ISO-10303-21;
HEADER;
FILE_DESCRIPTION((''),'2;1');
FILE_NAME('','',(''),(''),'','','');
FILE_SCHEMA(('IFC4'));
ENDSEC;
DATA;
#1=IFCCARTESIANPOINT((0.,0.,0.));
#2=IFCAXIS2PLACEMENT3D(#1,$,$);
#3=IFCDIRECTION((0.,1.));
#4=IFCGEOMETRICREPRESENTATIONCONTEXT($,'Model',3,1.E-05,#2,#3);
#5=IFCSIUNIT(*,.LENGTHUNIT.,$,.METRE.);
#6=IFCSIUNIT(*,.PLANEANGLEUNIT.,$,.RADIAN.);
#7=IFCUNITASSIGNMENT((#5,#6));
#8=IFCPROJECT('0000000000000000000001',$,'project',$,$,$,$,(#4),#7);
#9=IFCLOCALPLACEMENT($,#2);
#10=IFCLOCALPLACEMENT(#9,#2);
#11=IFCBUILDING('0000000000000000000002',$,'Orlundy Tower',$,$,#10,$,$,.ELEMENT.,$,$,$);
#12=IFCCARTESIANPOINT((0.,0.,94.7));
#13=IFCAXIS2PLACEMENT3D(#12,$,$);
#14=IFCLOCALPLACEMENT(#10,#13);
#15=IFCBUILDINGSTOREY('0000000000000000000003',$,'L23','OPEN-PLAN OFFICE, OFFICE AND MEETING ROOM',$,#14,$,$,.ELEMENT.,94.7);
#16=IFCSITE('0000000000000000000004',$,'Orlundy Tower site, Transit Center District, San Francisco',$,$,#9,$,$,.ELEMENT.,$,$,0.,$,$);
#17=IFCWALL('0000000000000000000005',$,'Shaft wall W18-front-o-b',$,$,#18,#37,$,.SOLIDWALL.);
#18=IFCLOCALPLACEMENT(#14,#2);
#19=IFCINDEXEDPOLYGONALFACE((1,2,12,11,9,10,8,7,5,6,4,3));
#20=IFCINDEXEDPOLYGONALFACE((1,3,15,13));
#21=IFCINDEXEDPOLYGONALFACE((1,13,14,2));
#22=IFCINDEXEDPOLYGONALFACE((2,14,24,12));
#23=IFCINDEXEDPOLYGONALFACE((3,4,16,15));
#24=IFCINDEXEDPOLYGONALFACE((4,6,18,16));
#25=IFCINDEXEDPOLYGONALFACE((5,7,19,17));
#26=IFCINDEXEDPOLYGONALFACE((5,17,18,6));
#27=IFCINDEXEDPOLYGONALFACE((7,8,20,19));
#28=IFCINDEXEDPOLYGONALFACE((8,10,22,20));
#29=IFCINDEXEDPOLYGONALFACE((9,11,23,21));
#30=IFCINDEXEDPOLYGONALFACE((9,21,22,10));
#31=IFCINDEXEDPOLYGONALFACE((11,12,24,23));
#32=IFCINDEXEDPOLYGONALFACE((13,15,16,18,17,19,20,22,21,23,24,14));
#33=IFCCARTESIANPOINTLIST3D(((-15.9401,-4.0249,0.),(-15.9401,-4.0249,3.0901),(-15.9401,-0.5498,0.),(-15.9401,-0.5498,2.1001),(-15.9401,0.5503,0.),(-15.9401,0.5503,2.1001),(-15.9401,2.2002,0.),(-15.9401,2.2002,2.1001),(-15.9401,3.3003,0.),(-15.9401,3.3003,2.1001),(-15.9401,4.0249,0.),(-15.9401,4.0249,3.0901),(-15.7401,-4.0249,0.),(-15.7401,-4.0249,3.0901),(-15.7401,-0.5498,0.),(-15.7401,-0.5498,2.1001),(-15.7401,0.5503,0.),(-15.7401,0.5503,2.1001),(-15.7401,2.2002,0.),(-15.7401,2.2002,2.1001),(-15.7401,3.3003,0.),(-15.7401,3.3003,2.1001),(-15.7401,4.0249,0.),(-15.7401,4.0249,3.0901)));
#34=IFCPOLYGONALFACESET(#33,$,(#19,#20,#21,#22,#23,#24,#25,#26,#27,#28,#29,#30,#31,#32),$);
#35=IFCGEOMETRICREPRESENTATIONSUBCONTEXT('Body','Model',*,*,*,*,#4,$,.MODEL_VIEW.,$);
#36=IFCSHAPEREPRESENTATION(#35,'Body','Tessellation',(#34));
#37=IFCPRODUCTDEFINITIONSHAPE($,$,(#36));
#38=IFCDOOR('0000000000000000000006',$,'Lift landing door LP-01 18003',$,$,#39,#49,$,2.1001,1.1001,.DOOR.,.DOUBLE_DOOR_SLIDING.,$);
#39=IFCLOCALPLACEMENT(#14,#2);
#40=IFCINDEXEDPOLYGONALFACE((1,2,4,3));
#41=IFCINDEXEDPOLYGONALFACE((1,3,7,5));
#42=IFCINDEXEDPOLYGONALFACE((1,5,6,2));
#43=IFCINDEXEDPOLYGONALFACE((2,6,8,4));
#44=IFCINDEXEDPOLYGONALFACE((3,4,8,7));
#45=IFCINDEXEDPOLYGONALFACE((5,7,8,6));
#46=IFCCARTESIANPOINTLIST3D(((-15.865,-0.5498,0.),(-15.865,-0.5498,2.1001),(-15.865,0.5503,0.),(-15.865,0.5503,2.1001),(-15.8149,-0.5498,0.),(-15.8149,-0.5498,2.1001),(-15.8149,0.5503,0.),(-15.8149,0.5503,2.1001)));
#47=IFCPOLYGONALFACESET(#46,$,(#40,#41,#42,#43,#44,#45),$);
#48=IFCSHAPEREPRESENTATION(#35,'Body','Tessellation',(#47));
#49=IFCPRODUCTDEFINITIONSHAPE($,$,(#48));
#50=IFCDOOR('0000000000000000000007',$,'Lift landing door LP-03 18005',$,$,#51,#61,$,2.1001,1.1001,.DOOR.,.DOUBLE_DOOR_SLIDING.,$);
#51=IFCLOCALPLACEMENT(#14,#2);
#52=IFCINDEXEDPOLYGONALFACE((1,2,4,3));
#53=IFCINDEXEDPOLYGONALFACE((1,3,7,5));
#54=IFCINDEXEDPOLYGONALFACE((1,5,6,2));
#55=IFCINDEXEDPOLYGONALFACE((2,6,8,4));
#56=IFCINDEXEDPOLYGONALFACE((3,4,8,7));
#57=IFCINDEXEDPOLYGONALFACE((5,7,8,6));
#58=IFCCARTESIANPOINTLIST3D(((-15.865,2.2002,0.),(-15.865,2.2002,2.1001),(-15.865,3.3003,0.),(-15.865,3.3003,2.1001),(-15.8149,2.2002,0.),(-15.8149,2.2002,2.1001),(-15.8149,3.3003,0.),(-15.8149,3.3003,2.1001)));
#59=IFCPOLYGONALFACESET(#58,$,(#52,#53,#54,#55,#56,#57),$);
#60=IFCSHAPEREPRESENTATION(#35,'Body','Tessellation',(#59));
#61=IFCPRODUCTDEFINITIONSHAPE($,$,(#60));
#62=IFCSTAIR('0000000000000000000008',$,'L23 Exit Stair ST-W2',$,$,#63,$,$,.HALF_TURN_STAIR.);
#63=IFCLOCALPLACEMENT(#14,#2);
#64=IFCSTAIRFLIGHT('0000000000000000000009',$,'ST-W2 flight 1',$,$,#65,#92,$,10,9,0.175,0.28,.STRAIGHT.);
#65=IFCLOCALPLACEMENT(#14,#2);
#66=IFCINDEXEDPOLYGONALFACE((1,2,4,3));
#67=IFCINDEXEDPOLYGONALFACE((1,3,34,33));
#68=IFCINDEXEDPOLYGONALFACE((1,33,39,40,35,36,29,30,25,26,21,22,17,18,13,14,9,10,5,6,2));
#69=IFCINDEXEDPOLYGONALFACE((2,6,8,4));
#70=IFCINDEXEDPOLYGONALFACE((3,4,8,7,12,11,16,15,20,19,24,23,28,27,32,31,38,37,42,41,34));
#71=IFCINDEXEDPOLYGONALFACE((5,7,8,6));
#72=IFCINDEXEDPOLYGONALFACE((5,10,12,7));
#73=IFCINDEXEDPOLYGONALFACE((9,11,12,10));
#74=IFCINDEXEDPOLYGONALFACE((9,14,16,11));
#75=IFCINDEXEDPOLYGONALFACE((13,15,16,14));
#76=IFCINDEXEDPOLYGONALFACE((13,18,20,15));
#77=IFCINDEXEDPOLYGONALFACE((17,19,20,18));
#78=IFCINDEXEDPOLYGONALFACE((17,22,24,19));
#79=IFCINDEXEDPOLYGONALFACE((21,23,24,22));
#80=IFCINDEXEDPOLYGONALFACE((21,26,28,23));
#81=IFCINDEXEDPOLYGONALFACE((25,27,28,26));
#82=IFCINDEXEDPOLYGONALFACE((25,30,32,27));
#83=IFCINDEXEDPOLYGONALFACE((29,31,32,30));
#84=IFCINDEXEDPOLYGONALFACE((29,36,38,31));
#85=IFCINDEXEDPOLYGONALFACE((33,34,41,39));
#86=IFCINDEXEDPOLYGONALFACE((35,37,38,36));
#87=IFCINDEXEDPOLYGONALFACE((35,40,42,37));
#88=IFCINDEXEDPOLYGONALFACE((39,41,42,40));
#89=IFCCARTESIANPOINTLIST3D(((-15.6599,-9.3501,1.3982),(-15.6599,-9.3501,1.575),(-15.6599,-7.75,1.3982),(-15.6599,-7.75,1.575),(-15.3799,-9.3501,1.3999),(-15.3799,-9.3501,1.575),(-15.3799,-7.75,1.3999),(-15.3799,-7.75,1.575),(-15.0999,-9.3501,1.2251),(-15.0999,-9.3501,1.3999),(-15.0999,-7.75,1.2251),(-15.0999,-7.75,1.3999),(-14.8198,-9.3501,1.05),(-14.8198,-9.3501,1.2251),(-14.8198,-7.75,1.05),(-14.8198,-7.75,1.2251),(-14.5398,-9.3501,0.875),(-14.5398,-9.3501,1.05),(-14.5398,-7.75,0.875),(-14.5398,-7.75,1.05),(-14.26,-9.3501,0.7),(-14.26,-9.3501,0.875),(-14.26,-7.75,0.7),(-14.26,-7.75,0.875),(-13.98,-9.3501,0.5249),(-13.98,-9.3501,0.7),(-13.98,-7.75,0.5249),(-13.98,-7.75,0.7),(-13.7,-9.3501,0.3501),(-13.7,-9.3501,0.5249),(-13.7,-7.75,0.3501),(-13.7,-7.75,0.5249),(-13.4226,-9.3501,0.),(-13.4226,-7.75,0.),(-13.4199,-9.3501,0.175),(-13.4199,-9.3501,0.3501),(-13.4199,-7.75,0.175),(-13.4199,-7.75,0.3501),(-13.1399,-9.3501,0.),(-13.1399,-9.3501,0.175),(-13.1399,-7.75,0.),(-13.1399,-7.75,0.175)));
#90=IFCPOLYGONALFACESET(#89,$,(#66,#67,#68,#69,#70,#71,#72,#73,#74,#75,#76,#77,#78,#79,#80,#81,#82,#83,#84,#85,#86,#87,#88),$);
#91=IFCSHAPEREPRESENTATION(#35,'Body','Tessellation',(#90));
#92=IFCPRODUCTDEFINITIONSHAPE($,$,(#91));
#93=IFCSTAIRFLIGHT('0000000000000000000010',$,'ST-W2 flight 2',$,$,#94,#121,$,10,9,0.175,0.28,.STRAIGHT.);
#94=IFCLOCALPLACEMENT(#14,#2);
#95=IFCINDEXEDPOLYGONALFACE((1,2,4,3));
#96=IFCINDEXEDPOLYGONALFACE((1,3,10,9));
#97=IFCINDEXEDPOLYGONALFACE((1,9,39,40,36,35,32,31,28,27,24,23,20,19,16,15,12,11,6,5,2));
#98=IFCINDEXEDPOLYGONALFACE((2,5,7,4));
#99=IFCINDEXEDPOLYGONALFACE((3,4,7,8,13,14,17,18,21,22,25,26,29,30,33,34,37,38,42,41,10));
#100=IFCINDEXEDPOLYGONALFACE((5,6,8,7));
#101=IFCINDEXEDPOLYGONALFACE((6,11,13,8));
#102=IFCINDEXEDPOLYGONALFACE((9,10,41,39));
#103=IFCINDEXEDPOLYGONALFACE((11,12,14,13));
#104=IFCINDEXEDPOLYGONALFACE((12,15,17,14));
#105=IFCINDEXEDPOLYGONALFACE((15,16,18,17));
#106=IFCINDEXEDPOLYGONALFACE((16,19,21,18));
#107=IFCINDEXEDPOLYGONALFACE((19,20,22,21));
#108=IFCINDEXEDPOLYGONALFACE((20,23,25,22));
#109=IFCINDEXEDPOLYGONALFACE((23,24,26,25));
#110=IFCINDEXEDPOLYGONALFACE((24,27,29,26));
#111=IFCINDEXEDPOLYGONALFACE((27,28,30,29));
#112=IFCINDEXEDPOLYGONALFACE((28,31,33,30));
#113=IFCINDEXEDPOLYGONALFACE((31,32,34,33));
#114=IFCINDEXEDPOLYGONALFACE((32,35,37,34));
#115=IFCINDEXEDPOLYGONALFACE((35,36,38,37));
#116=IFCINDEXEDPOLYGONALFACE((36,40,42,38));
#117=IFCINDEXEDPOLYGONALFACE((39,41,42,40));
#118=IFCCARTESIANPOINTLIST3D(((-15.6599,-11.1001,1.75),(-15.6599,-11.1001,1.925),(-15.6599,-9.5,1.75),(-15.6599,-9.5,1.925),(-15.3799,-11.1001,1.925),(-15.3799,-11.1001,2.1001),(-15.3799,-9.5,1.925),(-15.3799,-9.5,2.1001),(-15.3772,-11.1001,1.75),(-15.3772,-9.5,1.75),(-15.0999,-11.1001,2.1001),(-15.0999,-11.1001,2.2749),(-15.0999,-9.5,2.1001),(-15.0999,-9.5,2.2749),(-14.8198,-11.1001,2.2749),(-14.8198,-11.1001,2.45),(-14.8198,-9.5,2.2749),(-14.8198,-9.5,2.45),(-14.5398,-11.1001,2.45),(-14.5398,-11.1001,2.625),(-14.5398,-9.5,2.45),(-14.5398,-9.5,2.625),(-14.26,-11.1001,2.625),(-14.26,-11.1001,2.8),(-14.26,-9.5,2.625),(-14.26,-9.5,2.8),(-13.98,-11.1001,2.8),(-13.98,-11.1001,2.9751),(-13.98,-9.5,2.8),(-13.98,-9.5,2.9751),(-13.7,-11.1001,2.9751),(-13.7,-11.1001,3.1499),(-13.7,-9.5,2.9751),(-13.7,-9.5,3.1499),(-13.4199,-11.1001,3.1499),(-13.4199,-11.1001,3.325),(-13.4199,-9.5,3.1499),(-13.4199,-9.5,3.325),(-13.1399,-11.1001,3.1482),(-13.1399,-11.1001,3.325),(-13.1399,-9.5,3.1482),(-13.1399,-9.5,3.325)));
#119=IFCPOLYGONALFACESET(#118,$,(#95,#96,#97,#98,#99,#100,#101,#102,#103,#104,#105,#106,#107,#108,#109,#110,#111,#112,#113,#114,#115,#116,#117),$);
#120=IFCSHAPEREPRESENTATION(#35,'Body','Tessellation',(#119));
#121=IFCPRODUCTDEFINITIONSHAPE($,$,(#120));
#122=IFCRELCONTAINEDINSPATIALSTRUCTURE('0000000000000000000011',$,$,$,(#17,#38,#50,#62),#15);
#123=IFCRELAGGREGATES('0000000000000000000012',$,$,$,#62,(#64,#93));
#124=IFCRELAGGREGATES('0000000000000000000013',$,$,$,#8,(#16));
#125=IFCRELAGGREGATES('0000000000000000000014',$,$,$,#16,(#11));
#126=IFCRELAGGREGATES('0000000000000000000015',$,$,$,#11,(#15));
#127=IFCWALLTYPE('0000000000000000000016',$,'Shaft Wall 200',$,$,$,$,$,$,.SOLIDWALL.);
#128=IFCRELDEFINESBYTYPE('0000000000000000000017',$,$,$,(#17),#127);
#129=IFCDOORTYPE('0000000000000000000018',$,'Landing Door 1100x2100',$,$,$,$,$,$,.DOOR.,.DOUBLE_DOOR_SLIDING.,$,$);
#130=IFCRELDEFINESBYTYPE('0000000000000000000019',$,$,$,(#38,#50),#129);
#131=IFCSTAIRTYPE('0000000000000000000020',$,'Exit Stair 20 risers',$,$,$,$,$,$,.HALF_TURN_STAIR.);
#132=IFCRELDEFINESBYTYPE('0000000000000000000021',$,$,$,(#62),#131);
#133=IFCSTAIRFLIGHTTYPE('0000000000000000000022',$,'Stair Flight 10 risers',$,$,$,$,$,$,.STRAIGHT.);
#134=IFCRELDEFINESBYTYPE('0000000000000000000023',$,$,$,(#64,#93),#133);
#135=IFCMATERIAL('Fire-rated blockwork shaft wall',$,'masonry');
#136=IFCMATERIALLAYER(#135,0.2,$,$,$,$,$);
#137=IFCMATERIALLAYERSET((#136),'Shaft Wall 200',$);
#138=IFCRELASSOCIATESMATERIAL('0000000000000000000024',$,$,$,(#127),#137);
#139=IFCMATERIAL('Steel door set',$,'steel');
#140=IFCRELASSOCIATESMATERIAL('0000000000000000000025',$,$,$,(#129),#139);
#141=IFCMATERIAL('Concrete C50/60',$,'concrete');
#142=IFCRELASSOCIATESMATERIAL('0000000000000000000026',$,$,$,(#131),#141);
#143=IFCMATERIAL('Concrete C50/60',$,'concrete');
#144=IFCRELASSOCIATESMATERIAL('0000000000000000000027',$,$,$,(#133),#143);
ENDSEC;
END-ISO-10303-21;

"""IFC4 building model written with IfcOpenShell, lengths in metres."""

from ifc_helpers import new_model, si_unit, direction, frame, frame_2d, origin, place, context, subcontext, project, spatial, polyline, rectangle, outline, extrude, material, layer, layer_set, type_object, element, fill, aggregate, save


model = new_model("IFC4")

# Units and contexts
model_context = context("Model", 3, precision=1e-05, world=origin(), true_north=direction((0.0, 1.0)))
body_context = subcontext(model_context, "Body", "Model", "MODEL_VIEW")
ifc_project = project(units=[si_unit("LENGTHUNIT", "METRE"), si_unit("PLANEANGLEUNIT", "RADIAN")], contexts=[model_context])

# Site, building, storey
site_placement = place(None, origin())
site = spatial("IfcSite", under=ifc_project, at=site_placement, Name="Orlundy Tower site, Transit Center District, San Francisco", CompositionType="ELEMENT", RefElevation=0.0)
building_placement = place(site_placement, origin())
building = spatial("IfcBuilding", under=site, at=building_placement, Name="Orlundy Tower", CompositionType="ELEMENT")
storey_placement = place(building_placement, frame((0.0, 0.0, 94.7)))
storey = spatial("IfcBuildingStorey", under=building, at=storey_placement, Name="L23", Description="OPEN-PLAN OFFICE, OFFICE AND MEETING ROOM", CompositionType="ELEMENT", Elevation=94.7)

# Shared definitions
ifc_material_1 = material(Name="Fire-rated blockwork shaft wall", Category="masonry")
ifc_layer_1 = layer(ifc_material_1, 0.2)
ifc_layer_set_1 = layer_set([ifc_layer_1], Name="Shaft Wall 200")
wall_type_1 = type_object("IfcWallType", Name="Shaft Wall 200", PredefinedType="SOLIDWALL", material=ifc_layer_set_1)

# Shared definitions
ifc_material_2 = material(Name="Steel door set", Category="steel")
door_type_1 = type_object("IfcDoorType", Name="Landing Door 1100x2100", OperationType="DOUBLE_DOOR_SLIDING", PredefinedType="DOOR", material=ifc_material_2)

# Wall, openings, doors
wall_1_placement = place(storey_placement, frame((-15.8401, -4.0249, 0.0), z_axis=(0.0, 0.0, 1.0), x_axis=(0.0, 1.0, 0.0)))
wall_1 = element("IfcWall", 1, at=wall_1_placement, inside=storey, type_object=wall_type_1, Name="Shaft wall W18-front-o-b", PredefinedType="SOLIDWALL", context=body_context, shape_type="SweptSolid", body=[
    extrude(rectangle(XDim=8.0498, YDim=0.2, at=frame_2d((4.0249, 0.0))), origin(), (0.0, 0.0, 1.0), 3.0901),
])
opening_1_placement = place(wall_1_placement, frame((3.4751, 0.0, 0.0)))
opening_1 = element("IfcOpeningElement", 2, at=opening_1_placement, cuts=wall_1, PredefinedType="OPENING", context=body_context, shape_type="SweptSolid", body=[
    extrude(rectangle(XDim=1.1001, YDim=2.1001, at=frame_2d((0.55, 1.05))), frame((0.0, 0.1101, 0.0), z_axis=(0.0, -1.0, 0.0), x_axis=(1.0, 0.0, 0.0)), (0.0, 0.0, 1.0), 0.2202),
])
opening_2_placement = place(wall_1_placement, frame((6.2251, 0.0, 0.0)))
opening_2 = element("IfcOpeningElement", 3, at=opening_2_placement, cuts=wall_1, PredefinedType="OPENING", context=body_context, shape_type="SweptSolid", body=[
    extrude(rectangle(XDim=1.1001, YDim=2.1001, at=frame_2d((0.55, 1.05))), frame((0.0, 0.1101, 0.0), z_axis=(0.0, -1.0, 0.0), x_axis=(1.0, 0.0, 0.0)), (0.0, 0.0, 1.0), 0.2202),
])
door_1_placement = place(opening_1_placement, origin())
door_1 = element("IfcDoor", 4, at=door_1_placement, inside=storey, type_object=door_type_1, Name="Lift landing door LP-01 18003", OperationType="DOUBLE_DOOR_SLIDING", OverallHeight=2.1001, OverallWidth=1.1001, PredefinedType="DOOR", context=body_context, shape_type="SweptSolid", body=[
    extrude(rectangle(XDim=1.1001, YDim=2.1001, at=frame_2d((0.55, 1.05))), frame((0.0, 0.0249, 0.0), z_axis=(0.0, -1.0, 0.0), x_axis=(1.0, 0.0, 0.0)), (0.0, 0.0, 1.0), 0.05),
])
fill(opening_1, door_1)
door_2_placement = place(opening_2_placement, origin())
door_2 = element("IfcDoor", 5, at=door_2_placement, inside=storey, type_object=door_type_1, Name="Lift landing door LP-03 18005", OperationType="DOUBLE_DOOR_SLIDING", OverallHeight=2.1001, OverallWidth=1.1001, PredefinedType="DOOR", context=body_context, shape_type="SweptSolid", body=[
    extrude(rectangle(XDim=1.1001, YDim=2.1001, at=frame_2d((0.55, 1.05))), frame((0.0, 0.0249, 0.0), z_axis=(0.0, -1.0, 0.0), x_axis=(1.0, 0.0, 0.0)), (0.0, 0.0, 1.0), 0.05),
])
fill(opening_2, door_2)

# Stair, stair flights
ifc_material_3 = material(Name="Concrete C50/60", Category="concrete")
stair_type = type_object("IfcStairType", Name="Exit Stair 20 risers", PredefinedType="HALF_TURN_STAIR", material=ifc_material_3)
stair_placement = place(storey_placement, origin())
stair = element("IfcStair", 6, at=stair_placement, inside=storey, type_object=stair_type, Name="L23 Exit Stair ST-W2", PredefinedType="HALF_TURN_STAIR")
ifc_material_4 = material(Name="Concrete C50/60", Category="concrete")
stair_flight_type = type_object("IfcStairFlightType", Name="Stair Flight 10 risers", PredefinedType="STRAIGHT", material=ifc_material_4)
stair_flight_1_placement = place(storey_placement, frame((-13.1399, -8.55, 0.0), z_axis=(0.0, 0.0, 1.0), x_axis=(-1.0, 0.0, 0.0)))
stair_flight_1 = element("IfcStairFlight", 7, at=stair_flight_1_placement, type_object=stair_flight_type, Name="ST-W2 flight 1", NumberOfRisers=10, NumberOfTreads=9, PredefinedType="STRAIGHT", RiserHeight=0.175, TreadLength=0.28, context=body_context, shape_type="SweptSolid", body=[
    extrude(outline(polyline([(0.0, 0.0), (0.0, 0.175), (0.28, 0.175), (0.28, 0.3501), (0.5601, 0.3501), (0.5601, 0.5249), (0.8401, 0.5249), (0.8401, 0.7), (1.1201, 0.7), (1.1201, 0.875), (1.3999, 0.875), (1.3999, 1.05), (1.6799, 1.05), (1.6799, 1.2251), (1.96, 1.2251), (1.96, 1.3999), (2.24, 1.3999), (2.24, 1.575), (2.52, 1.575), (2.52, 1.75), (2.52, 1.3982), (0.2827, 0.0), (0.0, 0.0)])), frame((0.0, 0.8, 0.0), z_axis=(0.0, -1.0, 0.0), x_axis=(1.0, 0.0, 0.0)), (0.0, 0.0, 1.0), 1.6001),
])
stair_flight_2_placement = place(storey_placement, frame((-15.6599, -10.3, 1.75), z_axis=(0.0, 0.0, 1.0), x_axis=(1.0, 0.0, 0.0)))
stair_flight_2 = element("IfcStairFlight", 8, at=stair_flight_2_placement, type_object=stair_flight_type, Name="ST-W2 flight 2", NumberOfRisers=10, NumberOfTreads=9, PredefinedType="STRAIGHT", RiserHeight=0.175, TreadLength=0.28, context=body_context, shape_type="SweptSolid", body=[
    extrude(outline(polyline([(0.0, 0.0), (0.0, 0.175), (0.28, 0.175), (0.28, 0.3501), (0.5601, 0.3501), (0.5601, 0.5249), (0.8401, 0.5249), (0.8401, 0.7), (1.1201, 0.7), (1.1201, 0.875), (1.3999, 0.875), (1.3999, 1.05), (1.6799, 1.05), (1.6799, 1.2251), (1.96, 1.2251), (1.96, 1.3999), (2.24, 1.3999), (2.24, 1.575), (2.52, 1.575), (2.52, 1.75), (2.52, 1.3982), (0.2827, 0.0), (0.0, 0.0)])), frame((0.0, 0.8, 0.0), z_axis=(0.0, -1.0, 0.0), x_axis=(1.0, 0.0, 0.0)), (0.0, 0.0, 1.0), 1.6001),
])
aggregate(stair, [stair_flight_1, stair_flight_2])

save(model, "model.ifc")
